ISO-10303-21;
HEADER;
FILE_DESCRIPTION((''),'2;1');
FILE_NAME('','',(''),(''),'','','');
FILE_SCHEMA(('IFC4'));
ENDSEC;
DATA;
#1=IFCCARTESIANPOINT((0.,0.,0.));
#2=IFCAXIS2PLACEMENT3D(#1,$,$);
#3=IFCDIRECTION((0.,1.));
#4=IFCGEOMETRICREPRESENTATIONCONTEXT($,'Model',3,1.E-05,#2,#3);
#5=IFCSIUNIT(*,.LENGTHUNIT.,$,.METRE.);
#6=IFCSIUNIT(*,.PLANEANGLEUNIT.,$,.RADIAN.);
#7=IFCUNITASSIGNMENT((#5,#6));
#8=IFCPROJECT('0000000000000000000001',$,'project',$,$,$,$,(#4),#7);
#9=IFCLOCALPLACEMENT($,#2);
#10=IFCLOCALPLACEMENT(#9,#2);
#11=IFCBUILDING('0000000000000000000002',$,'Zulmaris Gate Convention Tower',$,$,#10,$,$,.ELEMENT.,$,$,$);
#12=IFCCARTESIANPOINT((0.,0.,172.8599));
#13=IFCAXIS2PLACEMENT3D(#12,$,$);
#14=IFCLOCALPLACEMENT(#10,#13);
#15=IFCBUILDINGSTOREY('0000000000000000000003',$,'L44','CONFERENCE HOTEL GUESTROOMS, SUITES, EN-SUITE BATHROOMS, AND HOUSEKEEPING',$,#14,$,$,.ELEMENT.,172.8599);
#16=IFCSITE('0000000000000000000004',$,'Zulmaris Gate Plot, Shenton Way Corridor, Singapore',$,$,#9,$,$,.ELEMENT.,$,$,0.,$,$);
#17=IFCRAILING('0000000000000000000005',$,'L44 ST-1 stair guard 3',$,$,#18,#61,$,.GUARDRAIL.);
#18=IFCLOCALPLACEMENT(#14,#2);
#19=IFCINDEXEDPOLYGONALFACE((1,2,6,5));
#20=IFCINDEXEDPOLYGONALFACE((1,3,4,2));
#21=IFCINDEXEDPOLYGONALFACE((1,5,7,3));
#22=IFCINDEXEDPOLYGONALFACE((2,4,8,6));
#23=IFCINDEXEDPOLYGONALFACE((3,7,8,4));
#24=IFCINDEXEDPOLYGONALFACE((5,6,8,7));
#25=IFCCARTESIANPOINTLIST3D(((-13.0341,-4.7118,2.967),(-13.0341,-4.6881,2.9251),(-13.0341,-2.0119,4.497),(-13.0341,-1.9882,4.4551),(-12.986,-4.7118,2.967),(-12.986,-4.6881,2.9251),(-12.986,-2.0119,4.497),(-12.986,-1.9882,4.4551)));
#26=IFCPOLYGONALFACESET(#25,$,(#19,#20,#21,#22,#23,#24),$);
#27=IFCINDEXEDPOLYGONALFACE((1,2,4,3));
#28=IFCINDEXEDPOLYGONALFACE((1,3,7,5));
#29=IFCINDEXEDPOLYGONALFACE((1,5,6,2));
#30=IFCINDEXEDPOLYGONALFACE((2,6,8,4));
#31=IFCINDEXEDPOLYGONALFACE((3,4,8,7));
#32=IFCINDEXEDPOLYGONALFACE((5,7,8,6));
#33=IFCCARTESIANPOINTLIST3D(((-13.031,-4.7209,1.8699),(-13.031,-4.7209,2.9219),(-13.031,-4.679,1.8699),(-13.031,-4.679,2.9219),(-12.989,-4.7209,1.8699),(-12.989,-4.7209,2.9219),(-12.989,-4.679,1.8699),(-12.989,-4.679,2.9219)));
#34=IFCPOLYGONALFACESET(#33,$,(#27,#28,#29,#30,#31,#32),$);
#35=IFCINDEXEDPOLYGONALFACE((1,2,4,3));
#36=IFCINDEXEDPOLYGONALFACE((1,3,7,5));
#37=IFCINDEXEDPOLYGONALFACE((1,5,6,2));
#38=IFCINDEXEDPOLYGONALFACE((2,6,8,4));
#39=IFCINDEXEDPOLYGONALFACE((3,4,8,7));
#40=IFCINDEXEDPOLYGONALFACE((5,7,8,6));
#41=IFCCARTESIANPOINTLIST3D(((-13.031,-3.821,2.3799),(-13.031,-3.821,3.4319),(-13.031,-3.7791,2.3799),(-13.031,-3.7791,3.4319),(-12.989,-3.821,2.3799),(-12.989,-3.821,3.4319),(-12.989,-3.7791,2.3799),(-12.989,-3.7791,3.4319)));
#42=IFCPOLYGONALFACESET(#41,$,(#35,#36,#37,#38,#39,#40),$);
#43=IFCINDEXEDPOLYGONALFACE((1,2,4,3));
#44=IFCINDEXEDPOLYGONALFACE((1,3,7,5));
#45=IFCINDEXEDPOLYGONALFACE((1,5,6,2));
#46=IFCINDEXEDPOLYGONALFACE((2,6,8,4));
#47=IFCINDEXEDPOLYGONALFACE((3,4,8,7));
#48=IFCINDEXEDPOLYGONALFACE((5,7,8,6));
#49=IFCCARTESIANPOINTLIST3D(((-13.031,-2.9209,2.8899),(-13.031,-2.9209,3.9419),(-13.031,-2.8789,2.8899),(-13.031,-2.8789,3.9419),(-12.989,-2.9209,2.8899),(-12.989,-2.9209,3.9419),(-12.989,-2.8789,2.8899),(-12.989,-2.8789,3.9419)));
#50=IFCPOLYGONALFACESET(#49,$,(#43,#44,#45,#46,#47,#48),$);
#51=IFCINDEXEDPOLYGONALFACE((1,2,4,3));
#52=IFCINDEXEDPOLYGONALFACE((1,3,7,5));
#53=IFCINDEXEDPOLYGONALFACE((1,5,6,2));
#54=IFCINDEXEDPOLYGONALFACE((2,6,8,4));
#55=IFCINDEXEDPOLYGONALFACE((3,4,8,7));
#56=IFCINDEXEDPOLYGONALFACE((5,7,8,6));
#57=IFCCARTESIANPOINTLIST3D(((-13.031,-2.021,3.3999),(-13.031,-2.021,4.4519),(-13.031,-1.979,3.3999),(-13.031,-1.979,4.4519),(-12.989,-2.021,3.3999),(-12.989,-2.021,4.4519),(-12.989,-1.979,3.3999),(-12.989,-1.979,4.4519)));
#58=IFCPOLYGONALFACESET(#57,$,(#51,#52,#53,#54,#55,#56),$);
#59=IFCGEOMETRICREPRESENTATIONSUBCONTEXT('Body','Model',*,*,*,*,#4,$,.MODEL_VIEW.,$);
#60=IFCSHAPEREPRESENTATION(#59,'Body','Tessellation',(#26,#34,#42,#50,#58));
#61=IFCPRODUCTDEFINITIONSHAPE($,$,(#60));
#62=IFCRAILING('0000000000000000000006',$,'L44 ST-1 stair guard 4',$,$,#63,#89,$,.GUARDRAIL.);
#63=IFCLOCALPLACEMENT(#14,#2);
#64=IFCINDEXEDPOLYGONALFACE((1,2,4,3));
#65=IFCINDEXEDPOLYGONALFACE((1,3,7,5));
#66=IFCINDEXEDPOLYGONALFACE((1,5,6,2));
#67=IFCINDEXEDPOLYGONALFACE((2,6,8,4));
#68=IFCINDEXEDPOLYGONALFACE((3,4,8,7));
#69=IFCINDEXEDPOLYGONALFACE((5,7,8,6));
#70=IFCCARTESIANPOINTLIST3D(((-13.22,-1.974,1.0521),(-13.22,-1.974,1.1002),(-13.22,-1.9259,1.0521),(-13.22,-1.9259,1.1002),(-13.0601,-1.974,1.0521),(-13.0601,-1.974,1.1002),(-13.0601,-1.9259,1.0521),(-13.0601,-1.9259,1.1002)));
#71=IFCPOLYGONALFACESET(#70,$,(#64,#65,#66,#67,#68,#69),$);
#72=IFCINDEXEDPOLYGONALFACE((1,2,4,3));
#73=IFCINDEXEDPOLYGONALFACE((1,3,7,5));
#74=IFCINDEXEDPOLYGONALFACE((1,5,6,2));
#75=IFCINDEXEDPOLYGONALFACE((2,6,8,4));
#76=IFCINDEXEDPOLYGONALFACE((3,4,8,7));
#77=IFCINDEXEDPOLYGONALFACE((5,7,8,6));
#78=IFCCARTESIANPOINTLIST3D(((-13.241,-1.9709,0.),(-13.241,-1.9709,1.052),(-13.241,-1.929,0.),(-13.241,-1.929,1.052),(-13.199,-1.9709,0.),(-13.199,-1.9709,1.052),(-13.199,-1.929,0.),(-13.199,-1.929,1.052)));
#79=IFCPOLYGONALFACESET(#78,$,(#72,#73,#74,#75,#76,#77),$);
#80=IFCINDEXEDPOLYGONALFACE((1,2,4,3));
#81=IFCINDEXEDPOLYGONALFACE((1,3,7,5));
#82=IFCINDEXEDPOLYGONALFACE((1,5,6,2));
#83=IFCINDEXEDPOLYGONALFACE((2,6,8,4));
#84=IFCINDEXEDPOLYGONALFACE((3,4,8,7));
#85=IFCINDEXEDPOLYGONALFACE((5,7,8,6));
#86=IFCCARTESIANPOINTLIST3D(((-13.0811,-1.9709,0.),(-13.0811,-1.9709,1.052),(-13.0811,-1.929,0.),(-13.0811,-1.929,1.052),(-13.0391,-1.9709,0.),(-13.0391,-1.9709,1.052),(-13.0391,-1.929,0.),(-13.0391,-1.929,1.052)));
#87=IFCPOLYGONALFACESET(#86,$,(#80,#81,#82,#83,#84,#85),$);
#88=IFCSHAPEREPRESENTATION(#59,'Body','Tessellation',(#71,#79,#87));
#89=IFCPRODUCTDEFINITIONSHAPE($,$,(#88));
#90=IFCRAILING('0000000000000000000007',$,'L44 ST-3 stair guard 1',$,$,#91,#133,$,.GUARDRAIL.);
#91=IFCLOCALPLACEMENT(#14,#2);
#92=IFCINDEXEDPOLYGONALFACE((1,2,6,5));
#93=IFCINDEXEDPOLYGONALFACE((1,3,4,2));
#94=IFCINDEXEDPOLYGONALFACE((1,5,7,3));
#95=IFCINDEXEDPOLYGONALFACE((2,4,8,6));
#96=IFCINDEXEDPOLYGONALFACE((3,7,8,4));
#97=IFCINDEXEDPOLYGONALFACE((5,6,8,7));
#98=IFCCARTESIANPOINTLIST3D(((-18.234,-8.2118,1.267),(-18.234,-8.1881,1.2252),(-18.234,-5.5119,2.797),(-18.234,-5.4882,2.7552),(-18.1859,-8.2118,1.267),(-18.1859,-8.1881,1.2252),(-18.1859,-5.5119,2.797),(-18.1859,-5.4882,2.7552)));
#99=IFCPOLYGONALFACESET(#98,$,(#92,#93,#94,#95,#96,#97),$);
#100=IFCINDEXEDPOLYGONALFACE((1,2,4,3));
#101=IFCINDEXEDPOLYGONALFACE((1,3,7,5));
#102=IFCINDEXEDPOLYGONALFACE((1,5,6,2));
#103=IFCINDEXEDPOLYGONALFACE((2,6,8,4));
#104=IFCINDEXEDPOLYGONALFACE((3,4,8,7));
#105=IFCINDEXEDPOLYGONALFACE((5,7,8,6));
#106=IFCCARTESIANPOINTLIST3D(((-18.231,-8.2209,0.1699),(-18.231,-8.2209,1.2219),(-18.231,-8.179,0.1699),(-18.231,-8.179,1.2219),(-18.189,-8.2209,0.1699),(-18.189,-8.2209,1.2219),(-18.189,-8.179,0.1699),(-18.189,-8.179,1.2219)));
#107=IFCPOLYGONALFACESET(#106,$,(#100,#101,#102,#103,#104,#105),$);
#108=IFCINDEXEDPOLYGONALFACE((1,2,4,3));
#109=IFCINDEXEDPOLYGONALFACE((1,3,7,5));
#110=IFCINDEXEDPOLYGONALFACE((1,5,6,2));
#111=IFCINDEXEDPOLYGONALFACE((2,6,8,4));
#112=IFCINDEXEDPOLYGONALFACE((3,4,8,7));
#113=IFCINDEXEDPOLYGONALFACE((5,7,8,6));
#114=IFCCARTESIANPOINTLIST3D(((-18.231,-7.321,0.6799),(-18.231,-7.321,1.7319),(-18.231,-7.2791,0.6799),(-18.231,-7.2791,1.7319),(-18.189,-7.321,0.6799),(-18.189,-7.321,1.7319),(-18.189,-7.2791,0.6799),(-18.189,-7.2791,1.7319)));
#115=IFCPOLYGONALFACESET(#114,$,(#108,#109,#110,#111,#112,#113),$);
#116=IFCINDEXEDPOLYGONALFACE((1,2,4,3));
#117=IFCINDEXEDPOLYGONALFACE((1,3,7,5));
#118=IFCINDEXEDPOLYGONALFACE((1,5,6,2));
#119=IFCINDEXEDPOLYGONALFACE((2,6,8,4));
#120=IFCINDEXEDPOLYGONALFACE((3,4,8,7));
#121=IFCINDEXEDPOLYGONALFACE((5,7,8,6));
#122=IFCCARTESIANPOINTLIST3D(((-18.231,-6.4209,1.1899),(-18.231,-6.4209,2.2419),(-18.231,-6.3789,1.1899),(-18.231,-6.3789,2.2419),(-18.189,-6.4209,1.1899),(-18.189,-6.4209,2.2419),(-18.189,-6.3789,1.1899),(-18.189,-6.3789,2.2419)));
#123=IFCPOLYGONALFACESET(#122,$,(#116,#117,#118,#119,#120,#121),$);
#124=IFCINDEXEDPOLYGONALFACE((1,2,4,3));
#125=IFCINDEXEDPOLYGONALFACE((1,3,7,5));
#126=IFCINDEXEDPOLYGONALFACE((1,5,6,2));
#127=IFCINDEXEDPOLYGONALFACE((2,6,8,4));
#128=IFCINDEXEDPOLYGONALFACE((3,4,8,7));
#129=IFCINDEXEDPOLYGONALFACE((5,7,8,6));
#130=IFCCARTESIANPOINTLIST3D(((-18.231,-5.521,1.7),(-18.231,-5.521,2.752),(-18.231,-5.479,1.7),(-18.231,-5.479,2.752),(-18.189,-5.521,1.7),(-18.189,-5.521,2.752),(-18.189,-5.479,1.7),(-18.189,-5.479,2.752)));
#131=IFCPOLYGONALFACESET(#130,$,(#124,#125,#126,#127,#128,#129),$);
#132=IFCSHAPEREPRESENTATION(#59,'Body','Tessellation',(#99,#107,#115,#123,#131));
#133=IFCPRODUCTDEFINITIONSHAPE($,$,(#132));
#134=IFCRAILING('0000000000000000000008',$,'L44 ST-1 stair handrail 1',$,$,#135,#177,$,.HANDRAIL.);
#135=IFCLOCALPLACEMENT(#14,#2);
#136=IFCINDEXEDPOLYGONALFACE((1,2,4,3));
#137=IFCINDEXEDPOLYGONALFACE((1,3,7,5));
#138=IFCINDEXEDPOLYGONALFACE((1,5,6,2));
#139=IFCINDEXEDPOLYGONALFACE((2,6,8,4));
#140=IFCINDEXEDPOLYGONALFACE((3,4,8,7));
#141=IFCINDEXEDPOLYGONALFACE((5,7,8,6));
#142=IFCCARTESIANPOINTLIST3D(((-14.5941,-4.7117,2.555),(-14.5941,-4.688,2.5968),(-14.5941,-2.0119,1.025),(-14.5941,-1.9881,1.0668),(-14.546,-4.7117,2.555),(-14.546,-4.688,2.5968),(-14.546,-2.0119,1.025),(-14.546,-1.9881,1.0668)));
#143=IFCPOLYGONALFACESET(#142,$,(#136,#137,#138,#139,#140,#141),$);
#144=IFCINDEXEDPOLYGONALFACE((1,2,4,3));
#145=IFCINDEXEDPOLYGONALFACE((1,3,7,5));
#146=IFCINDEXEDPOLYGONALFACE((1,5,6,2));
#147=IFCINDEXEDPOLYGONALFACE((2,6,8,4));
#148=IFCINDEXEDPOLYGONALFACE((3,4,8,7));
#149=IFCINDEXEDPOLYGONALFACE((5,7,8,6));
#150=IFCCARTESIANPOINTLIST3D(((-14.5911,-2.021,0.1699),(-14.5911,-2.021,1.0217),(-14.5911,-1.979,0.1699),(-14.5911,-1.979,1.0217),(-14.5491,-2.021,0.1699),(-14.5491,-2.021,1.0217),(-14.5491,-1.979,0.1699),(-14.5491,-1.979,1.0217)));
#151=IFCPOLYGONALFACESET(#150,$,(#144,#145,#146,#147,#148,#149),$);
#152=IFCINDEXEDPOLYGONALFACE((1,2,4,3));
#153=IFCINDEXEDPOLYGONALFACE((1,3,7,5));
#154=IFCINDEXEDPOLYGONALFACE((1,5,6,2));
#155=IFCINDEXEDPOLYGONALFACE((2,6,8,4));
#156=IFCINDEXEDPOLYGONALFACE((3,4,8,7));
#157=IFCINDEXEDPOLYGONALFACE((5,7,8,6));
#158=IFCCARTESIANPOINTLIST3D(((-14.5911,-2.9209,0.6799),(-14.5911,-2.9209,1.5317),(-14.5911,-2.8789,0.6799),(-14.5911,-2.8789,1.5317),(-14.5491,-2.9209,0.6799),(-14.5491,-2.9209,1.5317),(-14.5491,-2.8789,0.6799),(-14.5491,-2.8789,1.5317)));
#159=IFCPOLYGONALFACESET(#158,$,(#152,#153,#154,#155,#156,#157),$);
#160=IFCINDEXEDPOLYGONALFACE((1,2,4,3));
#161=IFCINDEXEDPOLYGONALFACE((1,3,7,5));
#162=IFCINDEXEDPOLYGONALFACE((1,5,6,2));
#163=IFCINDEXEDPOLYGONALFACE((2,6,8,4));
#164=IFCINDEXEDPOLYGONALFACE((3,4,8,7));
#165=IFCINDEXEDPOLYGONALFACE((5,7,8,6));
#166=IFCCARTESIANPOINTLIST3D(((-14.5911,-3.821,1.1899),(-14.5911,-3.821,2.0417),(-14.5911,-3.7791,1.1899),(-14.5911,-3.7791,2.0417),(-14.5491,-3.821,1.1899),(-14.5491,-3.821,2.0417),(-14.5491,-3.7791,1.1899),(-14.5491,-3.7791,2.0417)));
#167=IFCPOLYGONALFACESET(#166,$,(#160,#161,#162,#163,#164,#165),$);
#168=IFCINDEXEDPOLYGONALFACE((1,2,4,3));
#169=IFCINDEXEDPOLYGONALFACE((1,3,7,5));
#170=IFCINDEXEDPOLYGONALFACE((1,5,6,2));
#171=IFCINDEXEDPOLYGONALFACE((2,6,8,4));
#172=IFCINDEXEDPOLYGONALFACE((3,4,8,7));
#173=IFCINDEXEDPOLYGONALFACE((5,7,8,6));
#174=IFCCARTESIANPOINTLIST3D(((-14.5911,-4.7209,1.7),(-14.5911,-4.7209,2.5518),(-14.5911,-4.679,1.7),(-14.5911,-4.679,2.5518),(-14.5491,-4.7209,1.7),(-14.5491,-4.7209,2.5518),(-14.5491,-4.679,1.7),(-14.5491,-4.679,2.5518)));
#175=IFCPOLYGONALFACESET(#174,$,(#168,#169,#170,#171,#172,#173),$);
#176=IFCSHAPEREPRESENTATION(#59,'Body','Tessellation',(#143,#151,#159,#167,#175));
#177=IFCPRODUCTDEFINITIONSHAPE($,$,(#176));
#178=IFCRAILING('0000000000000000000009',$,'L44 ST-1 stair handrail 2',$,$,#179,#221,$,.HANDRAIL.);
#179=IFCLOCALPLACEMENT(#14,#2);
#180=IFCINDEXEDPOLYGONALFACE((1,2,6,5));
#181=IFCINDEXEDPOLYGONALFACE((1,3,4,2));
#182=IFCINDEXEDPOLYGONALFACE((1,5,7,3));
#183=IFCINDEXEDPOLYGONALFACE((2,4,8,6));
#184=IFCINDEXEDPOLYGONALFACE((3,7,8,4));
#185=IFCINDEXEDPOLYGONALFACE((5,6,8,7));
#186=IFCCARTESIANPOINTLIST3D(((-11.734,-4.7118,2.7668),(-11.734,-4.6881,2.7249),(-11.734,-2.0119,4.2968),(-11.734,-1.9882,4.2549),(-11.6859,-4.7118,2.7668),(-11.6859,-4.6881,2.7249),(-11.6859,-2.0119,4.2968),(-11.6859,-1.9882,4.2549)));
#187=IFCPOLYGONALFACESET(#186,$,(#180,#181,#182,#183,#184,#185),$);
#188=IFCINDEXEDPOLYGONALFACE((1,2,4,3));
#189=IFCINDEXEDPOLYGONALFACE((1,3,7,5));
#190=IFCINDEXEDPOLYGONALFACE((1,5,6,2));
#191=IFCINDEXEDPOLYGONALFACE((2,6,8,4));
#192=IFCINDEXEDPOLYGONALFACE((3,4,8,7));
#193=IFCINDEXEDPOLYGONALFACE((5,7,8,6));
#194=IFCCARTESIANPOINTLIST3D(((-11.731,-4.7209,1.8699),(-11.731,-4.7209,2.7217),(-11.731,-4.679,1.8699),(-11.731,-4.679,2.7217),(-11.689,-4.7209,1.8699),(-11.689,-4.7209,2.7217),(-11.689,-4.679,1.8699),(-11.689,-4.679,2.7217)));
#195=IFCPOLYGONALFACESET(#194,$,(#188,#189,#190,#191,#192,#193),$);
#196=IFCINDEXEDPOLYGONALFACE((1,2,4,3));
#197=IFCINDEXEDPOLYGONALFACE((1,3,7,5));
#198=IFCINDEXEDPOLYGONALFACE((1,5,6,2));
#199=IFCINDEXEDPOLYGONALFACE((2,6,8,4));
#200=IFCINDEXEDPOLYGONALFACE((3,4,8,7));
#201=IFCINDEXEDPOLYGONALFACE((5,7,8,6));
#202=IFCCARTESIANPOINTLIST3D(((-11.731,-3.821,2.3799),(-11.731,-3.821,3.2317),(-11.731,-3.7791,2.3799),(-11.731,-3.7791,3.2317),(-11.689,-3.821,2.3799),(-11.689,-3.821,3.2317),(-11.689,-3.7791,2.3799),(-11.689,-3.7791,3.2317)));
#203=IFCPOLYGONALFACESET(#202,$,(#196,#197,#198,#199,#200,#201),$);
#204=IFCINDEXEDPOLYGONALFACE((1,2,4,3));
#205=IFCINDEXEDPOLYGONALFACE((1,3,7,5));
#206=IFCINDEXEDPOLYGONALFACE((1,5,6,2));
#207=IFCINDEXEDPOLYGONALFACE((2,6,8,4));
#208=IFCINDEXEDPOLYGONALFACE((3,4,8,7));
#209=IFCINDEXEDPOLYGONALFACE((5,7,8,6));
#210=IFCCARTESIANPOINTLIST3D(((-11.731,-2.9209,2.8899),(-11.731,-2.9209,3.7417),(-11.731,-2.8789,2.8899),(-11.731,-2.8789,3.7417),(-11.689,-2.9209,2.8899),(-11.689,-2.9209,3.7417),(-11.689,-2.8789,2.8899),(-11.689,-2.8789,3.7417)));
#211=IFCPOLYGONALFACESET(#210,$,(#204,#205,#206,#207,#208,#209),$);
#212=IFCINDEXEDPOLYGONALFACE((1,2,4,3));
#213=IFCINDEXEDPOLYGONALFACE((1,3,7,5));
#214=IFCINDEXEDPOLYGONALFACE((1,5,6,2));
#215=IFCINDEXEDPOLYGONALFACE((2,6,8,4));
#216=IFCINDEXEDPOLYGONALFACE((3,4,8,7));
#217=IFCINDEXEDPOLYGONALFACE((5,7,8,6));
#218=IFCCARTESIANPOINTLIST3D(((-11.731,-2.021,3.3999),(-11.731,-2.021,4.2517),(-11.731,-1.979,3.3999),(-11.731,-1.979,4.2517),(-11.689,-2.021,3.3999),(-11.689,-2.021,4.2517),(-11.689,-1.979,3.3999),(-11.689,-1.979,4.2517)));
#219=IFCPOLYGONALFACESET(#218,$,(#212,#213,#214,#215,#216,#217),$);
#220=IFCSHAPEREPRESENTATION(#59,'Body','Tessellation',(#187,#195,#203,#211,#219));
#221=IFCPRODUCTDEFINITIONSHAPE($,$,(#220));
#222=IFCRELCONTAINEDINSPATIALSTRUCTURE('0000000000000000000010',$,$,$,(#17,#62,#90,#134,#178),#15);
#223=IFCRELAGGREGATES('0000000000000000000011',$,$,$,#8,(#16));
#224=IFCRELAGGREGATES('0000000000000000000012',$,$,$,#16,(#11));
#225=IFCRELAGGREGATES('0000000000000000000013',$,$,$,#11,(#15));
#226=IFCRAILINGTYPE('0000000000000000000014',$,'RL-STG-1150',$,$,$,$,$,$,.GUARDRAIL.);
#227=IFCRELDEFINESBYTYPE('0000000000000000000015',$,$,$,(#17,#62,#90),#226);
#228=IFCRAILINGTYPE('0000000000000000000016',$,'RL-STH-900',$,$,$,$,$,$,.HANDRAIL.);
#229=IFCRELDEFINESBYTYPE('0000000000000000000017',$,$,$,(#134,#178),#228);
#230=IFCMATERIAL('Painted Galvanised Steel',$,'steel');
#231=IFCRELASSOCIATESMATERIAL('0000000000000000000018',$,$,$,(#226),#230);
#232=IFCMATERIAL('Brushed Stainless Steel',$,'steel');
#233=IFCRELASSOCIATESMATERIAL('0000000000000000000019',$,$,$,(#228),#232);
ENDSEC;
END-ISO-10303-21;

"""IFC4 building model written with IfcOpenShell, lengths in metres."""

from ifc_helpers import new_model, si_unit, direction, frame, origin, origin_2d, place, context, subcontext, project, spatial, rectangle, extrude, material, type_object, element, save


model = new_model("IFC4")

# Units and contexts
model_context = context("Model", 3, precision=1e-05, world=origin(), true_north=direction((0.0, 1.0)))
body_context = subcontext(model_context, "Body", "Model", "MODEL_VIEW")
ifc_project = project(units=[si_unit("LENGTHUNIT", "METRE"), si_unit("PLANEANGLEUNIT", "RADIAN")], contexts=[model_context])

# Site, building, storey
site_placement = place(None, origin())
site = spatial("IfcSite", under=ifc_project, at=site_placement, Name="Zulmaris Gate Plot, Shenton Way Corridor, Singapore", CompositionType="ELEMENT", RefElevation=0.0)
building_placement = place(site_placement, origin())
building = spatial("IfcBuilding", under=site, at=building_placement, Name="Zulmaris Gate Convention Tower", CompositionType="ELEMENT")
storey_placement = place(building_placement, frame((0.0, 0.0, 172.8599)))
storey = spatial("IfcBuildingStorey", under=building, at=storey_placement, Name="L44", Description="CONFERENCE HOTEL GUESTROOMS, SUITES, EN-SUITE BATHROOMS, AND HOUSEKEEPING", CompositionType="ELEMENT", Elevation=172.8599)

# Shared definitions
ifc_material_1 = material(Name="Brushed Stainless Steel", Category="steel")

# Railings
ifc_material_2 = material(Name="Painted Galvanised Steel", Category="steel")
railing_type_1 = type_object("IfcRailingType", Name="RL-STG-1150", PredefinedType="GUARDRAIL", material=ifc_material_2)
railing_1_placement = place(storey_placement, frame((-13.01, -4.7, 1.8699)))
element("IfcRailing", 1, at=railing_1_placement, inside=storey, type_object=railing_type_1, Name="L44 ST-1 stair guard 3", PredefinedType="GUARDRAIL", context=body_context, shape_type="SweptSolid", body=[
    extrude(rectangle(XDim=0.0481, YDim=0.0481, at=origin_2d()), frame((0.0, 0.0, 1.0762), z_axis=(0.0, 0.870014, 0.493026), x_axis=(-1.0, 0.0, 0.0)), (0.0, 0.0, 1.0), 3.1033),
    extrude(rectangle(XDim=0.042, YDim=0.042, at=origin_2d()), origin(), (0.0, 0.0, 1.0), 1.052),
    extrude(rectangle(XDim=0.042, YDim=0.042, at=origin_2d()), frame((0.0, 0.8999, 0.51)), (0.0, 0.0, 1.0), 1.052),
    extrude(rectangle(XDim=0.042, YDim=0.042, at=origin_2d()), frame((0.0, 1.8, 1.02)), (0.0, 0.0, 1.0), 1.052),
    extrude(rectangle(XDim=0.042, YDim=0.042, at=origin_2d()), frame((0.0, 2.7, 1.53)), (0.0, 0.0, 1.0), 1.052),
])
railing_2_placement = place(storey_placement, frame((-13.22, -1.95, 0.0)))
element("IfcRailing", 2, at=railing_2_placement, inside=storey, type_object=railing_type_1, Name="L44 ST-1 stair guard 4", PredefinedType="GUARDRAIL", context=body_context, shape_type="SweptSolid", body=[
    extrude(rectangle(XDim=0.0481, YDim=0.0481, at=origin_2d()), frame((0.0, 0.0, 1.0762), z_axis=(1.0, 0.0, 0.0), x_axis=(0.0, 1.0, 0.0)), (0.0, 0.0, 1.0), 0.1599),
    extrude(rectangle(XDim=0.042, YDim=0.042, at=origin_2d()), origin(), (0.0, 0.0, 1.0), 1.052),
    extrude(rectangle(XDim=0.042, YDim=0.042, at=origin_2d()), frame((0.1599, 0.0, 0.0)), (0.0, 0.0, 1.0), 1.052),
])
railing_3_placement = place(storey_placement, frame((-18.21, -8.2, 0.1699)))
element("IfcRailing", 3, at=railing_3_placement, inside=storey, type_object=railing_type_1, Name="L44 ST-3 stair guard 1", PredefinedType="GUARDRAIL", context=body_context, shape_type="SweptSolid", body=[
    extrude(rectangle(XDim=0.0481, YDim=0.0481, at=origin_2d()), frame((0.0, 0.0, 1.0762), z_axis=(0.0, 0.870014, 0.493026), x_axis=(-1.0, 0.0, 0.0)), (0.0, 0.0, 1.0), 3.1033),
    extrude(rectangle(XDim=0.042, YDim=0.042, at=origin_2d()), origin(), (0.0, 0.0, 1.0), 1.052),
    extrude(rectangle(XDim=0.042, YDim=0.042, at=origin_2d()), frame((0.0, 0.8999, 0.51)), (0.0, 0.0, 1.0), 1.052),
    extrude(rectangle(XDim=0.042, YDim=0.042, at=origin_2d()), frame((0.0, 1.8, 1.02)), (0.0, 0.0, 1.0), 1.052),
    extrude(rectangle(XDim=0.042, YDim=0.042, at=origin_2d()), frame((0.0, 2.7, 1.53)), (0.0, 0.0, 1.0), 1.052),
])
railing_type_2 = type_object("IfcRailingType", Name="RL-STH-900", PredefinedType="HANDRAIL", material=ifc_material_1)
railing_4_placement = place(storey_placement, frame((-14.5701, -2.0, 0.1699)))
element("IfcRailing", 4, at=railing_4_placement, inside=storey, type_object=railing_type_2, Name="L44 ST-1 stair handrail 1", PredefinedType="HANDRAIL", context=body_context, shape_type="SweptSolid", body=[
    extrude(rectangle(XDim=0.0481, YDim=0.0481, at=origin_2d()), frame((0.0, 0.0, 0.876), z_axis=(0.0, -0.870014, 0.493026), x_axis=(1.0, 0.0, 0.0)), (0.0, 0.0, 1.0), 3.1033),
    extrude(rectangle(XDim=0.042, YDim=0.042, at=origin_2d()), origin(), (0.0, 0.0, 1.0), 0.8518),
    extrude(rectangle(XDim=0.042, YDim=0.042, at=origin_2d()), frame((0.0, -0.8999, 0.51)), (0.0, 0.0, 1.0), 0.8518),
    extrude(rectangle(XDim=0.042, YDim=0.042, at=origin_2d()), frame((0.0, -1.8, 1.02)), (0.0, 0.0, 1.0), 0.8518),
    extrude(rectangle(XDim=0.042, YDim=0.042, at=origin_2d()), frame((0.0, -2.7, 1.53)), (0.0, 0.0, 1.0), 0.8518),
])
for number, where, name in (
    (5, (-11.71, -4.7, 1.8699), "L44 ST-1 stair handrail 2"),
):
    element("IfcRailing", number, at=place(storey_placement, frame(where)), inside=storey, type_object=railing_type_2, Name=name, PredefinedType="HANDRAIL", context=body_context, shape_type="SweptSolid", body=[
        extrude(rectangle(XDim=0.0481, YDim=0.0481, at=origin_2d()), frame((0.0, 0.0, 0.876), z_axis=(0.0, 0.870014, 0.493026), x_axis=(-1.0, 0.0, 0.0)), (0.0, 0.0, 1.0), 3.1033),
        extrude(rectangle(XDim=0.042, YDim=0.042, at=origin_2d()), origin(), (0.0, 0.0, 1.0), 0.8518),
        extrude(rectangle(XDim=0.042, YDim=0.042, at=origin_2d()), frame((0.0, 0.8999, 0.51)), (0.0, 0.0, 1.0), 0.8518),
        extrude(rectangle(XDim=0.042, YDim=0.042, at=origin_2d()), frame((0.0, 1.8, 1.02)), (0.0, 0.0, 1.0), 0.8518),
        extrude(rectangle(XDim=0.042, YDim=0.042, at=origin_2d()), frame((0.0, 2.7, 1.53)), (0.0, 0.0, 1.0), 0.8518),
    ])

save(model, "model.ifc")
